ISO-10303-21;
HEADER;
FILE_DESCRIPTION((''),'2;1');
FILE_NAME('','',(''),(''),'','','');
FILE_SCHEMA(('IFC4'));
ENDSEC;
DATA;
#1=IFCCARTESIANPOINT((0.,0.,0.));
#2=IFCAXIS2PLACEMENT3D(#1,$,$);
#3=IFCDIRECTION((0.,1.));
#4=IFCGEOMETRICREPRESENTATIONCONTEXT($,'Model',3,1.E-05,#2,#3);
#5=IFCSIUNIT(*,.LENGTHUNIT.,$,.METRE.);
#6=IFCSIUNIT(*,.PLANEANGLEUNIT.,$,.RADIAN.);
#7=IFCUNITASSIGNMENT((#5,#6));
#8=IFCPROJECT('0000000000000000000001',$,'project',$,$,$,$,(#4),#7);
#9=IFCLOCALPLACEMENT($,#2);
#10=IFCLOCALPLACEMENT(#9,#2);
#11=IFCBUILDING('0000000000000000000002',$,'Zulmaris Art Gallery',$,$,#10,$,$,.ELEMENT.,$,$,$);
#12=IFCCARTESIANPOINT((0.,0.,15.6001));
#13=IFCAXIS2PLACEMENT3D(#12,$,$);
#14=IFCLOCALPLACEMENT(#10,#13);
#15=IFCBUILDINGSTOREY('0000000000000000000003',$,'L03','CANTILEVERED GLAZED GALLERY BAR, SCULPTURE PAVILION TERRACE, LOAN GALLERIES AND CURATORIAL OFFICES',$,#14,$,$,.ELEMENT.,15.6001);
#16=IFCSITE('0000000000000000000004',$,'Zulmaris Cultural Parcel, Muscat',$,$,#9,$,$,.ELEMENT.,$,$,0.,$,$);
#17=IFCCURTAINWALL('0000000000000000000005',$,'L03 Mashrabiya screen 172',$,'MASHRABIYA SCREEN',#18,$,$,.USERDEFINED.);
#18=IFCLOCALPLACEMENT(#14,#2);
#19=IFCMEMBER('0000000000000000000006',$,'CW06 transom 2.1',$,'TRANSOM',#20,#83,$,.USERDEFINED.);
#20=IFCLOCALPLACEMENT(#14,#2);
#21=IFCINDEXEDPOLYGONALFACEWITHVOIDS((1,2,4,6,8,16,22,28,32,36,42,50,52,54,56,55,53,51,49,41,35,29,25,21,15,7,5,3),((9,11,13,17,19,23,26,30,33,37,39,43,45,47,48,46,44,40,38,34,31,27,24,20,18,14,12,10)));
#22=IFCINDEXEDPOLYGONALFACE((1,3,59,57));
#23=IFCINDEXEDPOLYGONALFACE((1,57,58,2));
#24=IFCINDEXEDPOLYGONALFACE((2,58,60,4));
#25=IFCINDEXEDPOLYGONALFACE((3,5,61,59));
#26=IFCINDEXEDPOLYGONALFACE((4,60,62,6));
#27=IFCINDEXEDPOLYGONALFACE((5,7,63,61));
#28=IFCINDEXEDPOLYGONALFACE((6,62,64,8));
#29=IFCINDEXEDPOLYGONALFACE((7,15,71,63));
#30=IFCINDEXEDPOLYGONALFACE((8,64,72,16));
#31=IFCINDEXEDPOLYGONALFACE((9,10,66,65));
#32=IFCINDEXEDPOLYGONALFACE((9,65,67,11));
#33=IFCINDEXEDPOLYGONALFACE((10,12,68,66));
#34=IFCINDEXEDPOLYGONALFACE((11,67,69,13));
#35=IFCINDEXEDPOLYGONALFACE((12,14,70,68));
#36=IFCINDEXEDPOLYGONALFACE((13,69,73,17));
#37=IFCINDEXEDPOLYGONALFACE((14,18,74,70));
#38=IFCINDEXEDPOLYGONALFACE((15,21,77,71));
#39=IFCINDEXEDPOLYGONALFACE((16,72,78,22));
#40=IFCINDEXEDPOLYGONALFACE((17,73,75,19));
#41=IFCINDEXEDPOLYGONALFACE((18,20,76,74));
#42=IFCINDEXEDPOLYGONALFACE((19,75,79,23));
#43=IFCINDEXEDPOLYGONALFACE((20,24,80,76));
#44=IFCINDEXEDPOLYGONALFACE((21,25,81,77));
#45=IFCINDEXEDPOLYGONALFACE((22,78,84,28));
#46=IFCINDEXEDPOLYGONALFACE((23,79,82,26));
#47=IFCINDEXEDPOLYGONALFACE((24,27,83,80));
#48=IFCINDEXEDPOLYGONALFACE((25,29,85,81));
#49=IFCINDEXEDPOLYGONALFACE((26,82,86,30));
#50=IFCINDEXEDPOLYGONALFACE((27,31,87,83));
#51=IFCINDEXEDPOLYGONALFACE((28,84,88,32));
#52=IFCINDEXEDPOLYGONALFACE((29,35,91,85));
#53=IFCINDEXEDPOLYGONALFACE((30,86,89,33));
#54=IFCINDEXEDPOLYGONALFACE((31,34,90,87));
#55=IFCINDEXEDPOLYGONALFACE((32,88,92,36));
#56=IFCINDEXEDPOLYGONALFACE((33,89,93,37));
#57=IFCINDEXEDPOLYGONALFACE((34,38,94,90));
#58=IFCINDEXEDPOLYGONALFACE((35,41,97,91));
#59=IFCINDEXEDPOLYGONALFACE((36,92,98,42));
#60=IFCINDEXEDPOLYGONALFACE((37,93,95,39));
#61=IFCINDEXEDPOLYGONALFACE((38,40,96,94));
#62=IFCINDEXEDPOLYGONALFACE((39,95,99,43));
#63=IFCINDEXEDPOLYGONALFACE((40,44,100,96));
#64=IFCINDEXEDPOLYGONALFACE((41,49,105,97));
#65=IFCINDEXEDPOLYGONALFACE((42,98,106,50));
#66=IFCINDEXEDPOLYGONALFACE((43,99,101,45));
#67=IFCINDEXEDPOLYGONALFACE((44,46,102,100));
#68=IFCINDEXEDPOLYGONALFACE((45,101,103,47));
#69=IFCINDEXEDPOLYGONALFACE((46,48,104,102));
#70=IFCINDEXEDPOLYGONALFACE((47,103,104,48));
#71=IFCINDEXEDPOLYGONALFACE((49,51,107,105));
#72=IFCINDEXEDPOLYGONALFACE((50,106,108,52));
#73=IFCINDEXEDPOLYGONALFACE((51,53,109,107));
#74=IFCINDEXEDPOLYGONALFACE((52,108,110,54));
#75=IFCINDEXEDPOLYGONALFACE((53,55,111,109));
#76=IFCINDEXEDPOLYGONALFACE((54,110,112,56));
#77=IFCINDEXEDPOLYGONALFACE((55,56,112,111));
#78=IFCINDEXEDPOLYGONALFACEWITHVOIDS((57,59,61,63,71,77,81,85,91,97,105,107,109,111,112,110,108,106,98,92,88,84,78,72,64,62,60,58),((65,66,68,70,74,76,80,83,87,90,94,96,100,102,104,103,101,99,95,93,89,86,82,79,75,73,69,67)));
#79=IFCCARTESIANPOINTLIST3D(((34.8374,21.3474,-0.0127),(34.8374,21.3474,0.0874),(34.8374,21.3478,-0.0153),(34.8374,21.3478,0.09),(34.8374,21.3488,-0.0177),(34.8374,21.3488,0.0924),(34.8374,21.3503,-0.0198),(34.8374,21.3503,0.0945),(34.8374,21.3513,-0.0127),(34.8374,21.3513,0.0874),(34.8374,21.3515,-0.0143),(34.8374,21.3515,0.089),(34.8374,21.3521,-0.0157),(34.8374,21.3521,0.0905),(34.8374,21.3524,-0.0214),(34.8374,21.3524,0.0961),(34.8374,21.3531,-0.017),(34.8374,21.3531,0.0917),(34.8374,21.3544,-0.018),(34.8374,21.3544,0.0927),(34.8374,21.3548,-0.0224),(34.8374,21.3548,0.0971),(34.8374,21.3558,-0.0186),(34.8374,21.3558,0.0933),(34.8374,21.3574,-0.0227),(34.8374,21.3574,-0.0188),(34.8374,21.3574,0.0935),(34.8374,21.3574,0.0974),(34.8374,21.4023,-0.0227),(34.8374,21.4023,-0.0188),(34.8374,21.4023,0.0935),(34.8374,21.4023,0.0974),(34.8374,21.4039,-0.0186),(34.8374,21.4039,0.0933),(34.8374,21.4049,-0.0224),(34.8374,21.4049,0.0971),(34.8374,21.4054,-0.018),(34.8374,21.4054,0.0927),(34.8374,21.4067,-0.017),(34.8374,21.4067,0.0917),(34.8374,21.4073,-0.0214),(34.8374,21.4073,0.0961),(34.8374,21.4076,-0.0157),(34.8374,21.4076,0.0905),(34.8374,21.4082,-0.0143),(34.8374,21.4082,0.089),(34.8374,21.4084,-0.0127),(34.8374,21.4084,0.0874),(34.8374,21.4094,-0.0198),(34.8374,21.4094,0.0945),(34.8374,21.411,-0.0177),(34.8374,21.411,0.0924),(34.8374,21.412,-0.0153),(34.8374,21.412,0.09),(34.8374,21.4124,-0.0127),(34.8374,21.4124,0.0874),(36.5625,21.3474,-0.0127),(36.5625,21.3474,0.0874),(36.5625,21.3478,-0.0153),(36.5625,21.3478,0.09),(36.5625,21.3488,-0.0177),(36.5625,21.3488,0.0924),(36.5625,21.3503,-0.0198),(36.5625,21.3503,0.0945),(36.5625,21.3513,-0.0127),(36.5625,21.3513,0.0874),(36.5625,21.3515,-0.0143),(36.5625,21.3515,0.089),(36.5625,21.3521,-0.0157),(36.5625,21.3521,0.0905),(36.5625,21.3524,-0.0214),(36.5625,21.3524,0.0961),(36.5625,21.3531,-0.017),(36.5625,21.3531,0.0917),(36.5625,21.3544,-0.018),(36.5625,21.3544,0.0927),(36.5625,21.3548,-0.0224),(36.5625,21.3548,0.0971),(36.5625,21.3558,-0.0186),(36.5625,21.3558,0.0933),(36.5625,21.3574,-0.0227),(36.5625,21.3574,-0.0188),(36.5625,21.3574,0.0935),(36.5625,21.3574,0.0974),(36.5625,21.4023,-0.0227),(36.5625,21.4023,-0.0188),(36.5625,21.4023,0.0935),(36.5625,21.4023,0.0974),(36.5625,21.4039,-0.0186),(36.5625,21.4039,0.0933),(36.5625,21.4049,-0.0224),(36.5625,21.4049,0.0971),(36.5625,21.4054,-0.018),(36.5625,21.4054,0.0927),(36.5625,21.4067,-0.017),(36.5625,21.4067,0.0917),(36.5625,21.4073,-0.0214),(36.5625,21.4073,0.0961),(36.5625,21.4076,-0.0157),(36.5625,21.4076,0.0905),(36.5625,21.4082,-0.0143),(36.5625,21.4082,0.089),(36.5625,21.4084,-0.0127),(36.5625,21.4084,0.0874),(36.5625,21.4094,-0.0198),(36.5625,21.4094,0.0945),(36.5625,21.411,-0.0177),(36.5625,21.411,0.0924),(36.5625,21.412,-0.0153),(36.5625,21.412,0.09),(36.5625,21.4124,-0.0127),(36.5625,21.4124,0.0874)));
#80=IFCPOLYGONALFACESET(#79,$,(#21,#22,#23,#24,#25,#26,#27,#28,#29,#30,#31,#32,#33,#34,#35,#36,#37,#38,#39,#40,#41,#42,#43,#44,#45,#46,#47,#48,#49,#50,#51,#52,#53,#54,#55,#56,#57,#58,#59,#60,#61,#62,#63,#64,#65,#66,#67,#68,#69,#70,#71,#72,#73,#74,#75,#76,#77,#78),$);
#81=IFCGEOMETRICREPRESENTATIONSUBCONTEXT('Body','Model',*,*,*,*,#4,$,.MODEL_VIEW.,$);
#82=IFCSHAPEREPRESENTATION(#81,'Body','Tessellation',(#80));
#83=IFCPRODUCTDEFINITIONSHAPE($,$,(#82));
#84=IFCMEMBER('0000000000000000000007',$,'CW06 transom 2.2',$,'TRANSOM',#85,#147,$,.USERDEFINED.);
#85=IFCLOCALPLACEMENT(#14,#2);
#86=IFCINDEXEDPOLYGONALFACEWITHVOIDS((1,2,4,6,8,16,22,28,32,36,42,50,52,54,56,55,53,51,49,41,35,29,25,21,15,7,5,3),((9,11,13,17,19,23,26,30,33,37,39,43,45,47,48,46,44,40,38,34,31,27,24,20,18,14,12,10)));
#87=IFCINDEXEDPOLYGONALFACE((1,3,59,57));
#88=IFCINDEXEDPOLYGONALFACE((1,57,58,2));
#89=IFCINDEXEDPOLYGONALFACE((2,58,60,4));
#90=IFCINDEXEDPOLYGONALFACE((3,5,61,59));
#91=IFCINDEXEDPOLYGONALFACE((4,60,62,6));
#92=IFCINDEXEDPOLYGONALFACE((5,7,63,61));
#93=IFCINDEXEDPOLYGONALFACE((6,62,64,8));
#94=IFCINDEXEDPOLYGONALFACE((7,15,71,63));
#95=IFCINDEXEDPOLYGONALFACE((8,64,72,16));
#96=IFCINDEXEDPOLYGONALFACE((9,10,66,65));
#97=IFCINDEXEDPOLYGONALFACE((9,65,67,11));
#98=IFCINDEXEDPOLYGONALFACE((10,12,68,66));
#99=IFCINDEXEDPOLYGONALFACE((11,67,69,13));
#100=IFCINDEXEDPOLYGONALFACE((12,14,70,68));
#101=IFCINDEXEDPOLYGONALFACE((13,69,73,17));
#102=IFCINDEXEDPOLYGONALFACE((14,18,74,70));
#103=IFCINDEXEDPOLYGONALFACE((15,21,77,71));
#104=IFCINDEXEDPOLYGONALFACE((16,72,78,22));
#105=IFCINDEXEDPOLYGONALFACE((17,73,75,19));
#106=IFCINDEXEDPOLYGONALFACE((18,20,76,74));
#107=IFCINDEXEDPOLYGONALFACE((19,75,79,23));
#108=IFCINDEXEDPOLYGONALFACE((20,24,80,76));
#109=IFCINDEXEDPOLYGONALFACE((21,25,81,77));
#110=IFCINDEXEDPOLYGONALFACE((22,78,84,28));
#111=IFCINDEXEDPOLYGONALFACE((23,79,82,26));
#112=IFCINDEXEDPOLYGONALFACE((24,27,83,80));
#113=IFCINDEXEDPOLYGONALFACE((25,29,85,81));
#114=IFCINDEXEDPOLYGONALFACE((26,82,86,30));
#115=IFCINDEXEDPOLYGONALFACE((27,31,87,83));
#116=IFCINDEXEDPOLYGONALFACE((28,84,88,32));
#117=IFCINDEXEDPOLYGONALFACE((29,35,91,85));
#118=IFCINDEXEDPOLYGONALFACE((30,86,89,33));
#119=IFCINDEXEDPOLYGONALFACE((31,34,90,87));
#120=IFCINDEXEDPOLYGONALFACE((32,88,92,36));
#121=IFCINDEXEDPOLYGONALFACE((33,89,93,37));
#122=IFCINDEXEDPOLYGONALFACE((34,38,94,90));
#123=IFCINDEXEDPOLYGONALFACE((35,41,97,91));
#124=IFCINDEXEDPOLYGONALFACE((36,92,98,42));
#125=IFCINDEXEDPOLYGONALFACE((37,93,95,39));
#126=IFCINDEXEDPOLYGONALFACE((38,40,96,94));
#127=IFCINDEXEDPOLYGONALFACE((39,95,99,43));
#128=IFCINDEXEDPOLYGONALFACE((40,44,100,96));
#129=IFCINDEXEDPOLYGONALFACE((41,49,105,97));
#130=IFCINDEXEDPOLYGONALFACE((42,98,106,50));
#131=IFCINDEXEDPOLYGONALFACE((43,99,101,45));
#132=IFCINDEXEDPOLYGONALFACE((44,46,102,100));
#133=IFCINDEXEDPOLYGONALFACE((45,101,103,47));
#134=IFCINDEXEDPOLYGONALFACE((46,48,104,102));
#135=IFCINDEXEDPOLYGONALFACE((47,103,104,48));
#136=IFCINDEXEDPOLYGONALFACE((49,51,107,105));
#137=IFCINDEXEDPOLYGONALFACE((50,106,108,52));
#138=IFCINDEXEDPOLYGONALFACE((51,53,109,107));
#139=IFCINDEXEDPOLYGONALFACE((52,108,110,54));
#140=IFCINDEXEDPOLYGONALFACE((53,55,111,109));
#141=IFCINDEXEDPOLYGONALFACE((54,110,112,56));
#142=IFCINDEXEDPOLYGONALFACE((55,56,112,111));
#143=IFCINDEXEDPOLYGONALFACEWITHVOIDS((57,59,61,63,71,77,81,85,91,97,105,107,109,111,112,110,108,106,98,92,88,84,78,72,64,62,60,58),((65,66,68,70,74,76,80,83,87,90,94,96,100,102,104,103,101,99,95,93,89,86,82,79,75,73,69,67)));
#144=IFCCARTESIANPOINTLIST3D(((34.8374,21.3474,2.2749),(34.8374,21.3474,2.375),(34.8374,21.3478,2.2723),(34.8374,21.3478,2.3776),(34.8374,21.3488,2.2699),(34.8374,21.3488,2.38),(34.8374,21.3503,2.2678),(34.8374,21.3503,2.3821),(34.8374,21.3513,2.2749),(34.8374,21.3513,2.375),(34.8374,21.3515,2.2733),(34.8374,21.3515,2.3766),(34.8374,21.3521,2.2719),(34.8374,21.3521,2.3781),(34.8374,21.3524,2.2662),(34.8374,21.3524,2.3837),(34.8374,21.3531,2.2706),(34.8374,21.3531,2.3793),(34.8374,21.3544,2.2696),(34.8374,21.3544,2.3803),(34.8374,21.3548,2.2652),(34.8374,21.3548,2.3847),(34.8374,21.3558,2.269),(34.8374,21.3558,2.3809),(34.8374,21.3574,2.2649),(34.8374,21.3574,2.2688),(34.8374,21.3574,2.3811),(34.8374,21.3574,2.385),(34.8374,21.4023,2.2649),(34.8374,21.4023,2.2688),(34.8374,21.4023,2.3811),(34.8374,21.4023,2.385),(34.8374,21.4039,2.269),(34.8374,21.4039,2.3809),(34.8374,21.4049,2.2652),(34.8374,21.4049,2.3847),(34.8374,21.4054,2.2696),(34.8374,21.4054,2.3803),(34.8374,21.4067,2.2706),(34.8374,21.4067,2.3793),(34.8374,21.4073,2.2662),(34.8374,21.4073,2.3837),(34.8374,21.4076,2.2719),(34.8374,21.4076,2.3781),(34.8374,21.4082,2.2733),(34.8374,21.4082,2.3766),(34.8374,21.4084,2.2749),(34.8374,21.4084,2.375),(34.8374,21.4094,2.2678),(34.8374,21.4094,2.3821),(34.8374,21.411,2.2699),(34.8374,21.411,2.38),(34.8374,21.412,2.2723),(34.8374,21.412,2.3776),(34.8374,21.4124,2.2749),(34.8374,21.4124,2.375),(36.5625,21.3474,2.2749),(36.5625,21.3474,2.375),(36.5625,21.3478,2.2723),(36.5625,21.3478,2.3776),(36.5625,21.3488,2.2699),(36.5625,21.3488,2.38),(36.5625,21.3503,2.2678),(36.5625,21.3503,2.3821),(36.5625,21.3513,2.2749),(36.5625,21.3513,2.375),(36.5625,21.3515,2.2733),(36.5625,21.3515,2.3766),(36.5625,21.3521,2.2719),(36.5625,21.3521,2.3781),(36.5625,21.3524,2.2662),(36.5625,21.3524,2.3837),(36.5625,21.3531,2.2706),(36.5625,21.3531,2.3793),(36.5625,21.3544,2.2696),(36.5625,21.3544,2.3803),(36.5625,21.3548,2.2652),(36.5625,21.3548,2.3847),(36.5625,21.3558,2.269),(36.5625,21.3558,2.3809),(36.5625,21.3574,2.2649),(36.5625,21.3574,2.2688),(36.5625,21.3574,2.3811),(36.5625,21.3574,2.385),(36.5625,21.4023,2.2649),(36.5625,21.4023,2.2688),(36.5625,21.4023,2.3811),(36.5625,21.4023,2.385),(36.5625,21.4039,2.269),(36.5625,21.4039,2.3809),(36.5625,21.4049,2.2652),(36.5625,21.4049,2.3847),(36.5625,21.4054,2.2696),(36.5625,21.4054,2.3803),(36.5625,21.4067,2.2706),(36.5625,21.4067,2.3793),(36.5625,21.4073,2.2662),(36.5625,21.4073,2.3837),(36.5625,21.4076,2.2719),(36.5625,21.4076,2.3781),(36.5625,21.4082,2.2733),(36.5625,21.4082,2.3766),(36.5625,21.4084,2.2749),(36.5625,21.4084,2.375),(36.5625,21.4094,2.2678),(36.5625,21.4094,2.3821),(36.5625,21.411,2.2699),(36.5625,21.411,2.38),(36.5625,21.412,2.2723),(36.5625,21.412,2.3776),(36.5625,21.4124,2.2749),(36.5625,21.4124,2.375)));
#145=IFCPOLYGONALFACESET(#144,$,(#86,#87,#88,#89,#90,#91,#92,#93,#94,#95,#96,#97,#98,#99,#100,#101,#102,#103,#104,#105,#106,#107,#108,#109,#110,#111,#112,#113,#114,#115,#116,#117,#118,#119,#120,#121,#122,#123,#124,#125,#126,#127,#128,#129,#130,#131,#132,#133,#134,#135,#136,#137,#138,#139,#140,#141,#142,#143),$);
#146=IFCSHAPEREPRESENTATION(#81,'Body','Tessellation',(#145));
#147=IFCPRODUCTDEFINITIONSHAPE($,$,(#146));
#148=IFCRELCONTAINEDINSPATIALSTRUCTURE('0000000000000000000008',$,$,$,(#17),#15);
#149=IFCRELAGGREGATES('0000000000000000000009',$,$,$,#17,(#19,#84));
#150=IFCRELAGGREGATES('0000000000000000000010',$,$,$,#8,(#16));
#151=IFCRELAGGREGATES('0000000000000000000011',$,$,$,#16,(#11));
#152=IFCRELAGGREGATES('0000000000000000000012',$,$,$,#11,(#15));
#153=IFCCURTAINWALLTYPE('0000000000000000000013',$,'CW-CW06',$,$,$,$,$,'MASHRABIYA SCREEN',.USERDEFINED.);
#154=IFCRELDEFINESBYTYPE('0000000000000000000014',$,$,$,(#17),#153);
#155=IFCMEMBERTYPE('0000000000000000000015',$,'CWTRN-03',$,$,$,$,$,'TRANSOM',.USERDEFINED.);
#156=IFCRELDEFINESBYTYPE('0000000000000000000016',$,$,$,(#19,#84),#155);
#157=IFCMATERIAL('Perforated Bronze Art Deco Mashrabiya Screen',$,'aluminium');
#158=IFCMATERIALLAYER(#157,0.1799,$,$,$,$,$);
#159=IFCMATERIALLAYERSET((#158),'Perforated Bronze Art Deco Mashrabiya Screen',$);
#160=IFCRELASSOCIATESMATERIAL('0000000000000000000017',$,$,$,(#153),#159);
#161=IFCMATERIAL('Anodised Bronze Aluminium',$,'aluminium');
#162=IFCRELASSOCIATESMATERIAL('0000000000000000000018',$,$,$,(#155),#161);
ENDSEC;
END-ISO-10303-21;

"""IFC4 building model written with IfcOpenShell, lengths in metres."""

from ifc_helpers import new_model, si_unit, direction, frame, origin, origin_2d, place, context, subcontext, project, spatial, hollow_rectangle, extrude, material, layer, layer_set, material_profile, profile_set, type_object, element, aggregate, save


model = new_model("IFC4")

# Units and contexts
model_context = context("Model", 3, precision=1e-05, world=origin(), true_north=direction((0.0, 1.0)))
body_context = subcontext(model_context, "Body", "Model", "MODEL_VIEW")
ifc_project = project(units=[si_unit("LENGTHUNIT", "METRE"), si_unit("PLANEANGLEUNIT", "RADIAN")], contexts=[model_context])

# Site, building, storey
site_placement = place(None, origin())
site = spatial("IfcSite", under=ifc_project, at=site_placement, Name="Zulmaris Cultural Parcel, Muscat", CompositionType="ELEMENT", RefElevation=0.0)
building_placement = place(site_placement, origin())
building = spatial("IfcBuilding", under=site, at=building_placement, Name="Zulmaris Art Gallery", CompositionType="ELEMENT")
storey_placement = place(building_placement, frame((0.0, 0.0, 15.6001)))
storey = spatial("IfcBuildingStorey", under=building, at=storey_placement, Name="L03", Description="CANTILEVERED GLAZED GALLERY BAR, SCULPTURE PAVILION TERRACE, LOAN GALLERIES AND CURATORIAL OFFICES", CompositionType="ELEMENT", Elevation=15.6001)

# Curtain wall
ifc_material_1 = material(Name="Perforated Bronze Art Deco Mashrabiya Screen", Category="aluminium")
ifc_layer_1 = layer(ifc_material_1, 0.1799)
ifc_layer_set_1 = layer_set([ifc_layer_1], Name="Perforated Bronze Art Deco Mashrabiya Screen")
curtain_wall_type = type_object("IfcCurtainWallType", Name="CW-CW06", ElementType="MASHRABIYA SCREEN", PredefinedType="USERDEFINED", material=ifc_layer_set_1)
ifc_material_2 = material(Name="Anodised Bronze Aluminium", Category="aluminium")
curtain_wall_1_placement = place(storey_placement, origin())
curtain_wall_1 = element("IfcCurtainWall", 1, at=curtain_wall_1_placement, inside=storey, type_object=curtain_wall_type, Name="L03 Mashrabiya screen 172", ObjectType="MASHRABIYA SCREEN", PredefinedType="USERDEFINED")

# Members
ifc_material_profile_1 = material_profile(ifc_material_2, hollow_rectangle(XDim=0.0649, YDim=0.1201, WallThickness=0.0039, InnerFilletRadius=0.0061, OuterFilletRadius=0.01, at=origin_2d()), Name="ALU 65x120x4")
ifc_profile_set_1 = profile_set([ifc_material_profile_1], Name="Anodised Bronze Aluminium")
member_type_1 = type_object("IfcMemberType", Name="CWTRN-03", ElementType="TRANSOM", PredefinedType="USERDEFINED", material=ifc_profile_set_1)
member_1_placement = place(storey_placement, frame((34.8374, 21.3799, 0.0374), z_axis=(1.0, 0.0, 0.0), x_axis=(0.0, 1.0, 0.0)))
member_1 = element("IfcMember", 2, at=member_1_placement, type_object=member_type_1, Name="CW06 transom 2.1", ObjectType="TRANSOM", PredefinedType="USERDEFINED", context=body_context, shape_type="SweptSolid", body=[
    extrude(hollow_rectangle(XDim=0.0649, YDim=0.1201, WallThickness=0.0039, InnerFilletRadius=0.0061, OuterFilletRadius=0.01, at=origin_2d()), origin(), (0.0, 0.0, 1.0), 1.7251),
])
member_2_placement = place(storey_placement, frame((34.8374, 21.3799, 2.325), z_axis=(1.0, 0.0, 0.0), x_axis=(0.0, 1.0, 0.0)))
member_2 = element("IfcMember", 3, at=member_2_placement, type_object=member_type_1, Name="CW06 transom 2.2", ObjectType="TRANSOM", PredefinedType="USERDEFINED", context=body_context, shape_type="SweptSolid", body=[
    extrude(hollow_rectangle(XDim=0.0649, YDim=0.1201, WallThickness=0.0039, InnerFilletRadius=0.0061, OuterFilletRadius=0.01, at=origin_2d()), origin(), (0.0, 0.0, 1.0), 1.7251),
])

aggregate(curtain_wall_1, [member_1, member_2])

save(model, "model.ifc")
